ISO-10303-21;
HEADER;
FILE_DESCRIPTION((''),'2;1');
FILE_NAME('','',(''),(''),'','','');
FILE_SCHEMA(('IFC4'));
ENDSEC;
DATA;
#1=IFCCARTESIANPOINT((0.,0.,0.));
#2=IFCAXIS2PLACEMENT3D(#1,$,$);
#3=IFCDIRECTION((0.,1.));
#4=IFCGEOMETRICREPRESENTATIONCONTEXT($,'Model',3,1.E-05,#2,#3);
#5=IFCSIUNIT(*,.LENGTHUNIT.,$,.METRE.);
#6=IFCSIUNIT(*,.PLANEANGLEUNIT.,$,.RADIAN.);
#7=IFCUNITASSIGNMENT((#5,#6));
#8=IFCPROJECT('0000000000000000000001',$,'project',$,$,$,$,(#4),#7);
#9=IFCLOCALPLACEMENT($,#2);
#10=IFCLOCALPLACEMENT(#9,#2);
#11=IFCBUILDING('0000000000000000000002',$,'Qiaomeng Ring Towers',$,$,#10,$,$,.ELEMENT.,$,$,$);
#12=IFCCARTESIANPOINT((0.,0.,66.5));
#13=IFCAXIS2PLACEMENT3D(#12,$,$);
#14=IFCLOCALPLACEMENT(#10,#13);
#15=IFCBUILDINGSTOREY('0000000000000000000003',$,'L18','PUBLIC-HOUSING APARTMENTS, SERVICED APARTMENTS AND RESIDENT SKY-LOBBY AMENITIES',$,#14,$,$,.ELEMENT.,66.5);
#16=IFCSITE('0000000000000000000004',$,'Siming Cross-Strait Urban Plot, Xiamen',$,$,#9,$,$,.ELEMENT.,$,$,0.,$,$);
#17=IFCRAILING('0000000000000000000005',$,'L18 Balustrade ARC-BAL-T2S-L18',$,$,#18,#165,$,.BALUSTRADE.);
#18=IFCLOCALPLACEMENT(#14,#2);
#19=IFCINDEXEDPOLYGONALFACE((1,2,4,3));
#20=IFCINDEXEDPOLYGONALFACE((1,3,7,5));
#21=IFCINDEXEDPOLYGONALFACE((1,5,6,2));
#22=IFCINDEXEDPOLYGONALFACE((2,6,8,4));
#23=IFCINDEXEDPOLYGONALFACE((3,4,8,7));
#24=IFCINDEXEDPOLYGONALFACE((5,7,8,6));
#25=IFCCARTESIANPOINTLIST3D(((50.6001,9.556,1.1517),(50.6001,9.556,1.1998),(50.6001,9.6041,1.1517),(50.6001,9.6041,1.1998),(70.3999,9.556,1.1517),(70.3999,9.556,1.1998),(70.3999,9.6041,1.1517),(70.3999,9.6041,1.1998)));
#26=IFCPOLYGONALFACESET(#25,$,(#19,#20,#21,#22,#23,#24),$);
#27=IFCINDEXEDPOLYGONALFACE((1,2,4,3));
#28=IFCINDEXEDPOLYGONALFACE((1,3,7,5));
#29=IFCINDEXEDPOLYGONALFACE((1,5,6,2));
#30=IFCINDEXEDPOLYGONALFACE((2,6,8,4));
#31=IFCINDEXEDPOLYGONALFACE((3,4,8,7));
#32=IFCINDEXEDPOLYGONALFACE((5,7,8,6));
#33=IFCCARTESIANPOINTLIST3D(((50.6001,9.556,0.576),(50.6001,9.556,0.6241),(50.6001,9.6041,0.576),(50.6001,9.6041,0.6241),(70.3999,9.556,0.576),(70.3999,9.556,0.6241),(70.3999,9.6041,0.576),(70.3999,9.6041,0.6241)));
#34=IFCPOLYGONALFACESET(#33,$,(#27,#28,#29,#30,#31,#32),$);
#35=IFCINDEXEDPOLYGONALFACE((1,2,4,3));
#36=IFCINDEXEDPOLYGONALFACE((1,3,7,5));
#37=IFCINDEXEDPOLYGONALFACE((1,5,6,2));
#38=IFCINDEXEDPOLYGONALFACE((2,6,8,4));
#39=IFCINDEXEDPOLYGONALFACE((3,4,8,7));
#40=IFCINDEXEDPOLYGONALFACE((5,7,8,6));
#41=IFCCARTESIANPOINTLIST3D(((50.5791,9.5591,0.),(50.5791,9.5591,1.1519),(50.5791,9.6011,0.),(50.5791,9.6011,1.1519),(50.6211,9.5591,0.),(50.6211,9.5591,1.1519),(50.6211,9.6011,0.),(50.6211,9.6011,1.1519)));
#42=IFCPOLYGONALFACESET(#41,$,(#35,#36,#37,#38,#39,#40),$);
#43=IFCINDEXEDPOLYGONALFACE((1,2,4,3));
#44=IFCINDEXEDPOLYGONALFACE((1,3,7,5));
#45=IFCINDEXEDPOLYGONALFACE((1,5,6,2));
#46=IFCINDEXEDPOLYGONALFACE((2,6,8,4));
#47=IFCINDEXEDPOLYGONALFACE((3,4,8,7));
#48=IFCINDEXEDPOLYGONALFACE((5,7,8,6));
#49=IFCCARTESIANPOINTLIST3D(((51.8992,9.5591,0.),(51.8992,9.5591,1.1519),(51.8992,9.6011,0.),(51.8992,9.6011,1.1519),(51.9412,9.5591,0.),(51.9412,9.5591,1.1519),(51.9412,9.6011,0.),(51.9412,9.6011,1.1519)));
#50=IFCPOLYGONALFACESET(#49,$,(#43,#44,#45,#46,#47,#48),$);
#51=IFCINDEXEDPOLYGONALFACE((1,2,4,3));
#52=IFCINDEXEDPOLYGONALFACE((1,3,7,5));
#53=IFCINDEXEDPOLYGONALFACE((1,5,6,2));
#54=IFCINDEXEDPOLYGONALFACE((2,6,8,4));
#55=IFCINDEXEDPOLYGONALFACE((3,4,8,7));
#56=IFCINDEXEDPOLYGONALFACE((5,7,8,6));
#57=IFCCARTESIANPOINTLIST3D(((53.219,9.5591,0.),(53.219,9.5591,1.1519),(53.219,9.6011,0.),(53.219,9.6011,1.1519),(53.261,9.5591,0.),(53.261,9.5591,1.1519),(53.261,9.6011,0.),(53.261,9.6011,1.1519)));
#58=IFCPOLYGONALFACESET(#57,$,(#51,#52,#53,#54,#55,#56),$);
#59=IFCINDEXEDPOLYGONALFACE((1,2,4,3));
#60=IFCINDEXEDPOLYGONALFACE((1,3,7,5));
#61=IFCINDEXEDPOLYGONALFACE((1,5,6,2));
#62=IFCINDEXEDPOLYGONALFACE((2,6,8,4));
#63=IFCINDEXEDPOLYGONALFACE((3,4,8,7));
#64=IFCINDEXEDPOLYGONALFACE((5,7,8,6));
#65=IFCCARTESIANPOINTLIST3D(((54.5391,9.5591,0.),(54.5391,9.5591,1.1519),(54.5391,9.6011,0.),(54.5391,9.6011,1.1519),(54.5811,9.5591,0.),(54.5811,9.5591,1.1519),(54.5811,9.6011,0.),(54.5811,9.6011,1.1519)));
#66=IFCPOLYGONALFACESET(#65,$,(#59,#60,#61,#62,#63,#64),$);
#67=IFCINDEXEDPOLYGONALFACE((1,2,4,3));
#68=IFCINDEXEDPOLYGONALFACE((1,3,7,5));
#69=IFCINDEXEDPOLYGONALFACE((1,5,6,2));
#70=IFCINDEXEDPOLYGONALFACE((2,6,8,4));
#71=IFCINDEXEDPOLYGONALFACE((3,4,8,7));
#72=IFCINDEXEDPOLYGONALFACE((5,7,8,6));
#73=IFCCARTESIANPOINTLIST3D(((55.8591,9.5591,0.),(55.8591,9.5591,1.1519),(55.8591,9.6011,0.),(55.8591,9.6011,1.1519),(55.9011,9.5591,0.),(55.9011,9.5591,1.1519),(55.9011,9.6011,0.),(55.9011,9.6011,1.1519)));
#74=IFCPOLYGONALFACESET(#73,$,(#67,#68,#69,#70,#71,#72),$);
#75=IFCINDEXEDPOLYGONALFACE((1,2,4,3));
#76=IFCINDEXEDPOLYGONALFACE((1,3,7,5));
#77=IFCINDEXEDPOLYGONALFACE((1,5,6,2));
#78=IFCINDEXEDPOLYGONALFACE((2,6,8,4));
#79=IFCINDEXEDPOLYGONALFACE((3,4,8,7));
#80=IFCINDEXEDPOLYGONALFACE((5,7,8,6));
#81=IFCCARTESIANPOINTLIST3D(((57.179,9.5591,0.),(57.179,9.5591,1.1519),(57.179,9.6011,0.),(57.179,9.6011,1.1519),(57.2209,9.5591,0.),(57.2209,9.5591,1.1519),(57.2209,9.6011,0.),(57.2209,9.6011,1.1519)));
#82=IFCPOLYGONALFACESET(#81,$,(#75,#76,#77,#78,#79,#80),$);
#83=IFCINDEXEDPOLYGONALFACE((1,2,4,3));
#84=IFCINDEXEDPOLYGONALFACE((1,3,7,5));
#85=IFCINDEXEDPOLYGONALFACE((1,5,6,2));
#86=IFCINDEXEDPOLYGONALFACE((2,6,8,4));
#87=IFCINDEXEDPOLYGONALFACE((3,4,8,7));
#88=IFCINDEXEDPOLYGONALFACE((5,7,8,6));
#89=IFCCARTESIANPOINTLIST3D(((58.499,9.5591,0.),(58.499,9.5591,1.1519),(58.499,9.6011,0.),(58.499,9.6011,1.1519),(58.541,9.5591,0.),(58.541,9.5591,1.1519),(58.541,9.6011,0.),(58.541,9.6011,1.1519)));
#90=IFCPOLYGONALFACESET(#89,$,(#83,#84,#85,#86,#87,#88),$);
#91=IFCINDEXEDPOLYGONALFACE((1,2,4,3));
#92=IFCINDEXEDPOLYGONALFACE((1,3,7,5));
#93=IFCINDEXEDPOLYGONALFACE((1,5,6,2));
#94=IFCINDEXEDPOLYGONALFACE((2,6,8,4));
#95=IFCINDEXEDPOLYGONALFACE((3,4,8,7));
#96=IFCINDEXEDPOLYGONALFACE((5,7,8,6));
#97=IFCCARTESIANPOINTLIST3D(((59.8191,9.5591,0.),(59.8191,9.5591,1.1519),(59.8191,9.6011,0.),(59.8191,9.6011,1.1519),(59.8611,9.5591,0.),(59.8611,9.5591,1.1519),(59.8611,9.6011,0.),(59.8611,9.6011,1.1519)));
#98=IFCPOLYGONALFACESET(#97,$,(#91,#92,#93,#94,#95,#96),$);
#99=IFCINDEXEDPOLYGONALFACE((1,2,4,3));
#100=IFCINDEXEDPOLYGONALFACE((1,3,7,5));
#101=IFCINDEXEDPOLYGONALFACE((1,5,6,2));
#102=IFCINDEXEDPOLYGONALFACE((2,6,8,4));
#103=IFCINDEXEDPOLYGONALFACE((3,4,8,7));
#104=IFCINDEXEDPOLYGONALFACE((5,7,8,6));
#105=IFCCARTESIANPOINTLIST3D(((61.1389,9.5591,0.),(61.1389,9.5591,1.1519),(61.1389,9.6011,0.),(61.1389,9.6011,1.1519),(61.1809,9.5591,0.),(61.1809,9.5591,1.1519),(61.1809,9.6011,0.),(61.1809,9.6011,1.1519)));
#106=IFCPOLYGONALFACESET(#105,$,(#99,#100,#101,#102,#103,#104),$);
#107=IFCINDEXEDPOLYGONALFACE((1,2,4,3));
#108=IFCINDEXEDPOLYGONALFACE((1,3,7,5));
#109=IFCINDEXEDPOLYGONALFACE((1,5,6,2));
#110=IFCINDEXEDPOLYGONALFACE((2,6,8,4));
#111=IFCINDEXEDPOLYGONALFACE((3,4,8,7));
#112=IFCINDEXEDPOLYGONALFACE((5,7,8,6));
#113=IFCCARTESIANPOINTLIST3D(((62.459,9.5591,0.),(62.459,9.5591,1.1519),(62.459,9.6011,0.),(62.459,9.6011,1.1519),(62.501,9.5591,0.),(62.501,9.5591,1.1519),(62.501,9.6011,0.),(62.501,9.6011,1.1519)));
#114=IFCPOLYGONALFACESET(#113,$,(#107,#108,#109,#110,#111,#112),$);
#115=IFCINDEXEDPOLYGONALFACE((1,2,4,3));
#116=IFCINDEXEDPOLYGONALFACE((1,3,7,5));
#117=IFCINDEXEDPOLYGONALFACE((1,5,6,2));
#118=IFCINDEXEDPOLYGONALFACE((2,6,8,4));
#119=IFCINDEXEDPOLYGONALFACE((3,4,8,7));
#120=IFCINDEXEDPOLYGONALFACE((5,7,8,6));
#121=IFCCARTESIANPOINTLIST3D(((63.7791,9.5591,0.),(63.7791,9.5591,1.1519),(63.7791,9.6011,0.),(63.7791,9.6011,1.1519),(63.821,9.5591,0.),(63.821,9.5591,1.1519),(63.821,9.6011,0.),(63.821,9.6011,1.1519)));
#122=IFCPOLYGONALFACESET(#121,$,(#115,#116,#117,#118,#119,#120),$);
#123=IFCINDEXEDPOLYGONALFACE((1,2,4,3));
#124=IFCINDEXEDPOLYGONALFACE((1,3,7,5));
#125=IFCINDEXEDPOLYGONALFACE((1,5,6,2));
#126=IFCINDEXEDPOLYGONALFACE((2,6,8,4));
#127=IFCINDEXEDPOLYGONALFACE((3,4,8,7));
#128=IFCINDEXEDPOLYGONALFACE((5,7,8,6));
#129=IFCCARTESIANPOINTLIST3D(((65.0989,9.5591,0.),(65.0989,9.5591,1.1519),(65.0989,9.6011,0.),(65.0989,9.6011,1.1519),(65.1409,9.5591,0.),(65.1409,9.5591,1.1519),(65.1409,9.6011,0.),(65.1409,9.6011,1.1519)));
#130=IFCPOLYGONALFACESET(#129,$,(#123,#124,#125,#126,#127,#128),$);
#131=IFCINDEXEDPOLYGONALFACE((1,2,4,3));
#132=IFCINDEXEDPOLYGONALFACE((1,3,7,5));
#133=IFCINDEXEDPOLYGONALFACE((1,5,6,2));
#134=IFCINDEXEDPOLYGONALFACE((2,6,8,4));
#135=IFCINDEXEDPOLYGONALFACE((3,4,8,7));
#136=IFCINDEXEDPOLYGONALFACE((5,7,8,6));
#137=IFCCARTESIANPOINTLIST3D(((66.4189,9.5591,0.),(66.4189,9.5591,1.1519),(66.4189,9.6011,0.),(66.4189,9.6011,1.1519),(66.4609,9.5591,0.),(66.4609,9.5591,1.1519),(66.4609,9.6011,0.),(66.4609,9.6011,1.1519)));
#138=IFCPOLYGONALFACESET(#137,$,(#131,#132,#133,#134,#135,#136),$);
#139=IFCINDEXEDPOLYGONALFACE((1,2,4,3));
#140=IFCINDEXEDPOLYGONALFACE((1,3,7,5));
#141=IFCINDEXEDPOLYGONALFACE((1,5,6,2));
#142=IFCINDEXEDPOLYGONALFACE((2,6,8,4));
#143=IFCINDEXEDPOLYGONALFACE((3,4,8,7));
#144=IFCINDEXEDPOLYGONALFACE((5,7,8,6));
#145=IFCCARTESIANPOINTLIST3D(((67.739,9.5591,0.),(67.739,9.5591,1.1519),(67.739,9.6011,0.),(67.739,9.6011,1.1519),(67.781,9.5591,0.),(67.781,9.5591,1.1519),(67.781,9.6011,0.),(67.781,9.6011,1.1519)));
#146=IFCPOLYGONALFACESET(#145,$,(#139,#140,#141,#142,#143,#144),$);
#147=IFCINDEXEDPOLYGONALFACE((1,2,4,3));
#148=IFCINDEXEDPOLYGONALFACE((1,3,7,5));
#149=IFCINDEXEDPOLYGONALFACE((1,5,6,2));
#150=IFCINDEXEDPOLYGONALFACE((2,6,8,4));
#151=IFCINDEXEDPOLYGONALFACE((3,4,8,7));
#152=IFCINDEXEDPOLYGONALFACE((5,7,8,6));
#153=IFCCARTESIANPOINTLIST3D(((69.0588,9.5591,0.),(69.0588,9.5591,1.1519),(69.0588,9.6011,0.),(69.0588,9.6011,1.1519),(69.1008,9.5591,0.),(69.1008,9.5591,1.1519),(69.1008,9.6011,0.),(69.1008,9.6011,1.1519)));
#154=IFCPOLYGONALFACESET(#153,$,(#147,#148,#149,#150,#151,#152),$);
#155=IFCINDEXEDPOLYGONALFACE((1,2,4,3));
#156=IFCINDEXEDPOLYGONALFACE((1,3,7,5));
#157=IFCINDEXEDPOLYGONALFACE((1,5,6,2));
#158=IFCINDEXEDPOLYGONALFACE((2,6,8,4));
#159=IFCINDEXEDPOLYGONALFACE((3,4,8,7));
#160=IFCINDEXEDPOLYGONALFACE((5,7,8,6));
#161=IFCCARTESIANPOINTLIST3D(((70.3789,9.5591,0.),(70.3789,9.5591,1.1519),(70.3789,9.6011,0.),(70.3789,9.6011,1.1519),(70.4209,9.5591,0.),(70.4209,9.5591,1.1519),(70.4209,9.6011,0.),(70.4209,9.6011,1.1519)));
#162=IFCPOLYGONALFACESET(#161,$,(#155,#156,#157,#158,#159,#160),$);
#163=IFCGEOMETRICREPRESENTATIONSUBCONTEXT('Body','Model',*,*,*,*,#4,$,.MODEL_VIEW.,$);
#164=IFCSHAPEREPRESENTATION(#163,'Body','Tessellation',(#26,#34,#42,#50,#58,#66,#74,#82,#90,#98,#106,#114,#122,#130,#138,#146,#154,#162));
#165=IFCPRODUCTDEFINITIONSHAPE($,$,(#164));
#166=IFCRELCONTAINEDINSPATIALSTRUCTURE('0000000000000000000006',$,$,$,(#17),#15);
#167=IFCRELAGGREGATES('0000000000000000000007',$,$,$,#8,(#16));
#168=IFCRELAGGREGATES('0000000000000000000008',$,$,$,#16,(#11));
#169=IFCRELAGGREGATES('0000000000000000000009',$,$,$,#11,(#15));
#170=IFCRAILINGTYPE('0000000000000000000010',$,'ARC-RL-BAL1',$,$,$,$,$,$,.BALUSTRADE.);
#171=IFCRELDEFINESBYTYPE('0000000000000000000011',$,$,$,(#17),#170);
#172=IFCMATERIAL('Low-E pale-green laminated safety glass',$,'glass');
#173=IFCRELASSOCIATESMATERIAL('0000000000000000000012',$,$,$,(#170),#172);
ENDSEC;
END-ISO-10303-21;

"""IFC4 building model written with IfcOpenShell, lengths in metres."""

from ifc_helpers import new_model, si_unit, direction, frame, origin, origin_2d, place, context, subcontext, project, spatial, rectangle, extrude, material, type_object, element, save


model = new_model("IFC4")

# Units and contexts
model_context = context("Model", 3, precision=1e-05, world=origin(), true_north=direction((0.0, 1.0)))
body_context = subcontext(model_context, "Body", "Model", "MODEL_VIEW")
ifc_project = project(units=[si_unit("LENGTHUNIT", "METRE"), si_unit("PLANEANGLEUNIT", "RADIAN")], contexts=[model_context])

# Site, building, storey
site_placement = place(None, origin())
site = spatial("IfcSite", under=ifc_project, at=site_placement, Name="Siming Cross-Strait Urban Plot, Xiamen", CompositionType="ELEMENT", RefElevation=0.0)
building_placement = place(site_placement, origin())
building = spatial("IfcBuilding", under=site, at=building_placement, Name="Qiaomeng Ring Towers", CompositionType="ELEMENT")
storey_placement = place(building_placement, frame((0.0, 0.0, 66.5)))
storey = spatial("IfcBuildingStorey", under=building, at=storey_placement, Name="L18", Description="PUBLIC-HOUSING APARTMENTS, SERVICED APARTMENTS AND RESIDENT SKY-LOBBY AMENITIES", CompositionType="ELEMENT", Elevation=66.5)

# Railing
ifc_material_1 = material(Name="Low-E pale-green laminated safety glass", Category="glass")
railing_type = type_object("IfcRailingType", Name="ARC-RL-BAL1", PredefinedType="BALUSTRADE", material=ifc_material_1)
railing_1_placement = place(storey_placement, frame((50.6001, 9.5801, 0.0)))
element("IfcRailing", 1, at=railing_1_placement, inside=storey, type_object=railing_type, Name="L18 Balustrade ARC-BAL-T2S-L18", PredefinedType="BALUSTRADE", context=body_context, shape_type="SweptSolid", body=[
    extrude(rectangle(XDim=0.0481, YDim=0.0481, at=origin_2d()), frame((0.0, 0.0, 1.1758), z_axis=(1.0, 0.0, 0.0), x_axis=(0.0, 1.0, 0.0)), (0.0, 0.0, 1.0), 19.7998),
    extrude(rectangle(XDim=0.0481, YDim=0.0481, at=origin_2d()), frame((0.0, 0.0, 0.6001), z_axis=(1.0, 0.0, 0.0), x_axis=(0.0, 1.0, 0.0)), (0.0, 0.0, 1.0), 19.7998),
    extrude(rectangle(XDim=0.042, YDim=0.042, at=origin_2d()), origin(), (0.0, 0.0, 1.0), 1.1519),
    extrude(rectangle(XDim=0.042, YDim=0.042, at=origin_2d()), frame((1.3201, 0.0, 0.0)), (0.0, 0.0, 1.0), 1.1519),
    extrude(rectangle(XDim=0.042, YDim=0.042, at=origin_2d()), frame((2.6399, 0.0, 0.0)), (0.0, 0.0, 1.0), 1.1519),
    extrude(rectangle(XDim=0.042, YDim=0.042, at=origin_2d()), frame((3.96, 0.0, 0.0)), (0.0, 0.0, 1.0), 1.1519),
    extrude(rectangle(XDim=0.042, YDim=0.042, at=origin_2d()), frame((5.28, 0.0, 0.0)), (0.0, 0.0, 1.0), 1.1519),
    extrude(rectangle(XDim=0.042, YDim=0.042, at=origin_2d()), frame((6.5999, 0.0, 0.0)), (0.0, 0.0, 1.0), 1.1519),
    extrude(rectangle(XDim=0.042, YDim=0.042, at=origin_2d()), frame((7.9199, 0.0, 0.0)), (0.0, 0.0, 1.0), 1.1519),
    extrude(rectangle(XDim=0.042, YDim=0.042, at=origin_2d()), frame((9.24, 0.0, 0.0)), (0.0, 0.0, 1.0), 1.1519),
    extrude(rectangle(XDim=0.042, YDim=0.042, at=origin_2d()), frame((10.5598, 0.0, 0.0)), (0.0, 0.0, 1.0), 1.1519),
    extrude(rectangle(XDim=0.042, YDim=0.042, at=origin_2d()), frame((11.8799, 0.0, 0.0)), (0.0, 0.0, 1.0), 1.1519),
    extrude(rectangle(XDim=0.042, YDim=0.042, at=origin_2d()), frame((13.2, 0.0, 0.0)), (0.0, 0.0, 1.0), 1.1519),
    extrude(rectangle(XDim=0.042, YDim=0.042, at=origin_2d()), frame((14.5198, 0.0, 0.0)), (0.0, 0.0, 1.0), 1.1519),
    extrude(rectangle(XDim=0.042, YDim=0.042, at=origin_2d()), frame((15.8398, 0.0, 0.0)), (0.0, 0.0, 1.0), 1.1519),
    extrude(rectangle(XDim=0.042, YDim=0.042, at=origin_2d()), frame((17.1599, 0.0, 0.0)), (0.0, 0.0, 1.0), 1.1519),
    extrude(rectangle(XDim=0.042, YDim=0.042, at=origin_2d()), frame((18.4797, 0.0, 0.0)), (0.0, 0.0, 1.0), 1.1519),
    extrude(rectangle(XDim=0.042, YDim=0.042, at=origin_2d()), frame((19.7998, 0.0, 0.0)), (0.0, 0.0, 1.0), 1.1519),
])

save(model, "model.ifc")
